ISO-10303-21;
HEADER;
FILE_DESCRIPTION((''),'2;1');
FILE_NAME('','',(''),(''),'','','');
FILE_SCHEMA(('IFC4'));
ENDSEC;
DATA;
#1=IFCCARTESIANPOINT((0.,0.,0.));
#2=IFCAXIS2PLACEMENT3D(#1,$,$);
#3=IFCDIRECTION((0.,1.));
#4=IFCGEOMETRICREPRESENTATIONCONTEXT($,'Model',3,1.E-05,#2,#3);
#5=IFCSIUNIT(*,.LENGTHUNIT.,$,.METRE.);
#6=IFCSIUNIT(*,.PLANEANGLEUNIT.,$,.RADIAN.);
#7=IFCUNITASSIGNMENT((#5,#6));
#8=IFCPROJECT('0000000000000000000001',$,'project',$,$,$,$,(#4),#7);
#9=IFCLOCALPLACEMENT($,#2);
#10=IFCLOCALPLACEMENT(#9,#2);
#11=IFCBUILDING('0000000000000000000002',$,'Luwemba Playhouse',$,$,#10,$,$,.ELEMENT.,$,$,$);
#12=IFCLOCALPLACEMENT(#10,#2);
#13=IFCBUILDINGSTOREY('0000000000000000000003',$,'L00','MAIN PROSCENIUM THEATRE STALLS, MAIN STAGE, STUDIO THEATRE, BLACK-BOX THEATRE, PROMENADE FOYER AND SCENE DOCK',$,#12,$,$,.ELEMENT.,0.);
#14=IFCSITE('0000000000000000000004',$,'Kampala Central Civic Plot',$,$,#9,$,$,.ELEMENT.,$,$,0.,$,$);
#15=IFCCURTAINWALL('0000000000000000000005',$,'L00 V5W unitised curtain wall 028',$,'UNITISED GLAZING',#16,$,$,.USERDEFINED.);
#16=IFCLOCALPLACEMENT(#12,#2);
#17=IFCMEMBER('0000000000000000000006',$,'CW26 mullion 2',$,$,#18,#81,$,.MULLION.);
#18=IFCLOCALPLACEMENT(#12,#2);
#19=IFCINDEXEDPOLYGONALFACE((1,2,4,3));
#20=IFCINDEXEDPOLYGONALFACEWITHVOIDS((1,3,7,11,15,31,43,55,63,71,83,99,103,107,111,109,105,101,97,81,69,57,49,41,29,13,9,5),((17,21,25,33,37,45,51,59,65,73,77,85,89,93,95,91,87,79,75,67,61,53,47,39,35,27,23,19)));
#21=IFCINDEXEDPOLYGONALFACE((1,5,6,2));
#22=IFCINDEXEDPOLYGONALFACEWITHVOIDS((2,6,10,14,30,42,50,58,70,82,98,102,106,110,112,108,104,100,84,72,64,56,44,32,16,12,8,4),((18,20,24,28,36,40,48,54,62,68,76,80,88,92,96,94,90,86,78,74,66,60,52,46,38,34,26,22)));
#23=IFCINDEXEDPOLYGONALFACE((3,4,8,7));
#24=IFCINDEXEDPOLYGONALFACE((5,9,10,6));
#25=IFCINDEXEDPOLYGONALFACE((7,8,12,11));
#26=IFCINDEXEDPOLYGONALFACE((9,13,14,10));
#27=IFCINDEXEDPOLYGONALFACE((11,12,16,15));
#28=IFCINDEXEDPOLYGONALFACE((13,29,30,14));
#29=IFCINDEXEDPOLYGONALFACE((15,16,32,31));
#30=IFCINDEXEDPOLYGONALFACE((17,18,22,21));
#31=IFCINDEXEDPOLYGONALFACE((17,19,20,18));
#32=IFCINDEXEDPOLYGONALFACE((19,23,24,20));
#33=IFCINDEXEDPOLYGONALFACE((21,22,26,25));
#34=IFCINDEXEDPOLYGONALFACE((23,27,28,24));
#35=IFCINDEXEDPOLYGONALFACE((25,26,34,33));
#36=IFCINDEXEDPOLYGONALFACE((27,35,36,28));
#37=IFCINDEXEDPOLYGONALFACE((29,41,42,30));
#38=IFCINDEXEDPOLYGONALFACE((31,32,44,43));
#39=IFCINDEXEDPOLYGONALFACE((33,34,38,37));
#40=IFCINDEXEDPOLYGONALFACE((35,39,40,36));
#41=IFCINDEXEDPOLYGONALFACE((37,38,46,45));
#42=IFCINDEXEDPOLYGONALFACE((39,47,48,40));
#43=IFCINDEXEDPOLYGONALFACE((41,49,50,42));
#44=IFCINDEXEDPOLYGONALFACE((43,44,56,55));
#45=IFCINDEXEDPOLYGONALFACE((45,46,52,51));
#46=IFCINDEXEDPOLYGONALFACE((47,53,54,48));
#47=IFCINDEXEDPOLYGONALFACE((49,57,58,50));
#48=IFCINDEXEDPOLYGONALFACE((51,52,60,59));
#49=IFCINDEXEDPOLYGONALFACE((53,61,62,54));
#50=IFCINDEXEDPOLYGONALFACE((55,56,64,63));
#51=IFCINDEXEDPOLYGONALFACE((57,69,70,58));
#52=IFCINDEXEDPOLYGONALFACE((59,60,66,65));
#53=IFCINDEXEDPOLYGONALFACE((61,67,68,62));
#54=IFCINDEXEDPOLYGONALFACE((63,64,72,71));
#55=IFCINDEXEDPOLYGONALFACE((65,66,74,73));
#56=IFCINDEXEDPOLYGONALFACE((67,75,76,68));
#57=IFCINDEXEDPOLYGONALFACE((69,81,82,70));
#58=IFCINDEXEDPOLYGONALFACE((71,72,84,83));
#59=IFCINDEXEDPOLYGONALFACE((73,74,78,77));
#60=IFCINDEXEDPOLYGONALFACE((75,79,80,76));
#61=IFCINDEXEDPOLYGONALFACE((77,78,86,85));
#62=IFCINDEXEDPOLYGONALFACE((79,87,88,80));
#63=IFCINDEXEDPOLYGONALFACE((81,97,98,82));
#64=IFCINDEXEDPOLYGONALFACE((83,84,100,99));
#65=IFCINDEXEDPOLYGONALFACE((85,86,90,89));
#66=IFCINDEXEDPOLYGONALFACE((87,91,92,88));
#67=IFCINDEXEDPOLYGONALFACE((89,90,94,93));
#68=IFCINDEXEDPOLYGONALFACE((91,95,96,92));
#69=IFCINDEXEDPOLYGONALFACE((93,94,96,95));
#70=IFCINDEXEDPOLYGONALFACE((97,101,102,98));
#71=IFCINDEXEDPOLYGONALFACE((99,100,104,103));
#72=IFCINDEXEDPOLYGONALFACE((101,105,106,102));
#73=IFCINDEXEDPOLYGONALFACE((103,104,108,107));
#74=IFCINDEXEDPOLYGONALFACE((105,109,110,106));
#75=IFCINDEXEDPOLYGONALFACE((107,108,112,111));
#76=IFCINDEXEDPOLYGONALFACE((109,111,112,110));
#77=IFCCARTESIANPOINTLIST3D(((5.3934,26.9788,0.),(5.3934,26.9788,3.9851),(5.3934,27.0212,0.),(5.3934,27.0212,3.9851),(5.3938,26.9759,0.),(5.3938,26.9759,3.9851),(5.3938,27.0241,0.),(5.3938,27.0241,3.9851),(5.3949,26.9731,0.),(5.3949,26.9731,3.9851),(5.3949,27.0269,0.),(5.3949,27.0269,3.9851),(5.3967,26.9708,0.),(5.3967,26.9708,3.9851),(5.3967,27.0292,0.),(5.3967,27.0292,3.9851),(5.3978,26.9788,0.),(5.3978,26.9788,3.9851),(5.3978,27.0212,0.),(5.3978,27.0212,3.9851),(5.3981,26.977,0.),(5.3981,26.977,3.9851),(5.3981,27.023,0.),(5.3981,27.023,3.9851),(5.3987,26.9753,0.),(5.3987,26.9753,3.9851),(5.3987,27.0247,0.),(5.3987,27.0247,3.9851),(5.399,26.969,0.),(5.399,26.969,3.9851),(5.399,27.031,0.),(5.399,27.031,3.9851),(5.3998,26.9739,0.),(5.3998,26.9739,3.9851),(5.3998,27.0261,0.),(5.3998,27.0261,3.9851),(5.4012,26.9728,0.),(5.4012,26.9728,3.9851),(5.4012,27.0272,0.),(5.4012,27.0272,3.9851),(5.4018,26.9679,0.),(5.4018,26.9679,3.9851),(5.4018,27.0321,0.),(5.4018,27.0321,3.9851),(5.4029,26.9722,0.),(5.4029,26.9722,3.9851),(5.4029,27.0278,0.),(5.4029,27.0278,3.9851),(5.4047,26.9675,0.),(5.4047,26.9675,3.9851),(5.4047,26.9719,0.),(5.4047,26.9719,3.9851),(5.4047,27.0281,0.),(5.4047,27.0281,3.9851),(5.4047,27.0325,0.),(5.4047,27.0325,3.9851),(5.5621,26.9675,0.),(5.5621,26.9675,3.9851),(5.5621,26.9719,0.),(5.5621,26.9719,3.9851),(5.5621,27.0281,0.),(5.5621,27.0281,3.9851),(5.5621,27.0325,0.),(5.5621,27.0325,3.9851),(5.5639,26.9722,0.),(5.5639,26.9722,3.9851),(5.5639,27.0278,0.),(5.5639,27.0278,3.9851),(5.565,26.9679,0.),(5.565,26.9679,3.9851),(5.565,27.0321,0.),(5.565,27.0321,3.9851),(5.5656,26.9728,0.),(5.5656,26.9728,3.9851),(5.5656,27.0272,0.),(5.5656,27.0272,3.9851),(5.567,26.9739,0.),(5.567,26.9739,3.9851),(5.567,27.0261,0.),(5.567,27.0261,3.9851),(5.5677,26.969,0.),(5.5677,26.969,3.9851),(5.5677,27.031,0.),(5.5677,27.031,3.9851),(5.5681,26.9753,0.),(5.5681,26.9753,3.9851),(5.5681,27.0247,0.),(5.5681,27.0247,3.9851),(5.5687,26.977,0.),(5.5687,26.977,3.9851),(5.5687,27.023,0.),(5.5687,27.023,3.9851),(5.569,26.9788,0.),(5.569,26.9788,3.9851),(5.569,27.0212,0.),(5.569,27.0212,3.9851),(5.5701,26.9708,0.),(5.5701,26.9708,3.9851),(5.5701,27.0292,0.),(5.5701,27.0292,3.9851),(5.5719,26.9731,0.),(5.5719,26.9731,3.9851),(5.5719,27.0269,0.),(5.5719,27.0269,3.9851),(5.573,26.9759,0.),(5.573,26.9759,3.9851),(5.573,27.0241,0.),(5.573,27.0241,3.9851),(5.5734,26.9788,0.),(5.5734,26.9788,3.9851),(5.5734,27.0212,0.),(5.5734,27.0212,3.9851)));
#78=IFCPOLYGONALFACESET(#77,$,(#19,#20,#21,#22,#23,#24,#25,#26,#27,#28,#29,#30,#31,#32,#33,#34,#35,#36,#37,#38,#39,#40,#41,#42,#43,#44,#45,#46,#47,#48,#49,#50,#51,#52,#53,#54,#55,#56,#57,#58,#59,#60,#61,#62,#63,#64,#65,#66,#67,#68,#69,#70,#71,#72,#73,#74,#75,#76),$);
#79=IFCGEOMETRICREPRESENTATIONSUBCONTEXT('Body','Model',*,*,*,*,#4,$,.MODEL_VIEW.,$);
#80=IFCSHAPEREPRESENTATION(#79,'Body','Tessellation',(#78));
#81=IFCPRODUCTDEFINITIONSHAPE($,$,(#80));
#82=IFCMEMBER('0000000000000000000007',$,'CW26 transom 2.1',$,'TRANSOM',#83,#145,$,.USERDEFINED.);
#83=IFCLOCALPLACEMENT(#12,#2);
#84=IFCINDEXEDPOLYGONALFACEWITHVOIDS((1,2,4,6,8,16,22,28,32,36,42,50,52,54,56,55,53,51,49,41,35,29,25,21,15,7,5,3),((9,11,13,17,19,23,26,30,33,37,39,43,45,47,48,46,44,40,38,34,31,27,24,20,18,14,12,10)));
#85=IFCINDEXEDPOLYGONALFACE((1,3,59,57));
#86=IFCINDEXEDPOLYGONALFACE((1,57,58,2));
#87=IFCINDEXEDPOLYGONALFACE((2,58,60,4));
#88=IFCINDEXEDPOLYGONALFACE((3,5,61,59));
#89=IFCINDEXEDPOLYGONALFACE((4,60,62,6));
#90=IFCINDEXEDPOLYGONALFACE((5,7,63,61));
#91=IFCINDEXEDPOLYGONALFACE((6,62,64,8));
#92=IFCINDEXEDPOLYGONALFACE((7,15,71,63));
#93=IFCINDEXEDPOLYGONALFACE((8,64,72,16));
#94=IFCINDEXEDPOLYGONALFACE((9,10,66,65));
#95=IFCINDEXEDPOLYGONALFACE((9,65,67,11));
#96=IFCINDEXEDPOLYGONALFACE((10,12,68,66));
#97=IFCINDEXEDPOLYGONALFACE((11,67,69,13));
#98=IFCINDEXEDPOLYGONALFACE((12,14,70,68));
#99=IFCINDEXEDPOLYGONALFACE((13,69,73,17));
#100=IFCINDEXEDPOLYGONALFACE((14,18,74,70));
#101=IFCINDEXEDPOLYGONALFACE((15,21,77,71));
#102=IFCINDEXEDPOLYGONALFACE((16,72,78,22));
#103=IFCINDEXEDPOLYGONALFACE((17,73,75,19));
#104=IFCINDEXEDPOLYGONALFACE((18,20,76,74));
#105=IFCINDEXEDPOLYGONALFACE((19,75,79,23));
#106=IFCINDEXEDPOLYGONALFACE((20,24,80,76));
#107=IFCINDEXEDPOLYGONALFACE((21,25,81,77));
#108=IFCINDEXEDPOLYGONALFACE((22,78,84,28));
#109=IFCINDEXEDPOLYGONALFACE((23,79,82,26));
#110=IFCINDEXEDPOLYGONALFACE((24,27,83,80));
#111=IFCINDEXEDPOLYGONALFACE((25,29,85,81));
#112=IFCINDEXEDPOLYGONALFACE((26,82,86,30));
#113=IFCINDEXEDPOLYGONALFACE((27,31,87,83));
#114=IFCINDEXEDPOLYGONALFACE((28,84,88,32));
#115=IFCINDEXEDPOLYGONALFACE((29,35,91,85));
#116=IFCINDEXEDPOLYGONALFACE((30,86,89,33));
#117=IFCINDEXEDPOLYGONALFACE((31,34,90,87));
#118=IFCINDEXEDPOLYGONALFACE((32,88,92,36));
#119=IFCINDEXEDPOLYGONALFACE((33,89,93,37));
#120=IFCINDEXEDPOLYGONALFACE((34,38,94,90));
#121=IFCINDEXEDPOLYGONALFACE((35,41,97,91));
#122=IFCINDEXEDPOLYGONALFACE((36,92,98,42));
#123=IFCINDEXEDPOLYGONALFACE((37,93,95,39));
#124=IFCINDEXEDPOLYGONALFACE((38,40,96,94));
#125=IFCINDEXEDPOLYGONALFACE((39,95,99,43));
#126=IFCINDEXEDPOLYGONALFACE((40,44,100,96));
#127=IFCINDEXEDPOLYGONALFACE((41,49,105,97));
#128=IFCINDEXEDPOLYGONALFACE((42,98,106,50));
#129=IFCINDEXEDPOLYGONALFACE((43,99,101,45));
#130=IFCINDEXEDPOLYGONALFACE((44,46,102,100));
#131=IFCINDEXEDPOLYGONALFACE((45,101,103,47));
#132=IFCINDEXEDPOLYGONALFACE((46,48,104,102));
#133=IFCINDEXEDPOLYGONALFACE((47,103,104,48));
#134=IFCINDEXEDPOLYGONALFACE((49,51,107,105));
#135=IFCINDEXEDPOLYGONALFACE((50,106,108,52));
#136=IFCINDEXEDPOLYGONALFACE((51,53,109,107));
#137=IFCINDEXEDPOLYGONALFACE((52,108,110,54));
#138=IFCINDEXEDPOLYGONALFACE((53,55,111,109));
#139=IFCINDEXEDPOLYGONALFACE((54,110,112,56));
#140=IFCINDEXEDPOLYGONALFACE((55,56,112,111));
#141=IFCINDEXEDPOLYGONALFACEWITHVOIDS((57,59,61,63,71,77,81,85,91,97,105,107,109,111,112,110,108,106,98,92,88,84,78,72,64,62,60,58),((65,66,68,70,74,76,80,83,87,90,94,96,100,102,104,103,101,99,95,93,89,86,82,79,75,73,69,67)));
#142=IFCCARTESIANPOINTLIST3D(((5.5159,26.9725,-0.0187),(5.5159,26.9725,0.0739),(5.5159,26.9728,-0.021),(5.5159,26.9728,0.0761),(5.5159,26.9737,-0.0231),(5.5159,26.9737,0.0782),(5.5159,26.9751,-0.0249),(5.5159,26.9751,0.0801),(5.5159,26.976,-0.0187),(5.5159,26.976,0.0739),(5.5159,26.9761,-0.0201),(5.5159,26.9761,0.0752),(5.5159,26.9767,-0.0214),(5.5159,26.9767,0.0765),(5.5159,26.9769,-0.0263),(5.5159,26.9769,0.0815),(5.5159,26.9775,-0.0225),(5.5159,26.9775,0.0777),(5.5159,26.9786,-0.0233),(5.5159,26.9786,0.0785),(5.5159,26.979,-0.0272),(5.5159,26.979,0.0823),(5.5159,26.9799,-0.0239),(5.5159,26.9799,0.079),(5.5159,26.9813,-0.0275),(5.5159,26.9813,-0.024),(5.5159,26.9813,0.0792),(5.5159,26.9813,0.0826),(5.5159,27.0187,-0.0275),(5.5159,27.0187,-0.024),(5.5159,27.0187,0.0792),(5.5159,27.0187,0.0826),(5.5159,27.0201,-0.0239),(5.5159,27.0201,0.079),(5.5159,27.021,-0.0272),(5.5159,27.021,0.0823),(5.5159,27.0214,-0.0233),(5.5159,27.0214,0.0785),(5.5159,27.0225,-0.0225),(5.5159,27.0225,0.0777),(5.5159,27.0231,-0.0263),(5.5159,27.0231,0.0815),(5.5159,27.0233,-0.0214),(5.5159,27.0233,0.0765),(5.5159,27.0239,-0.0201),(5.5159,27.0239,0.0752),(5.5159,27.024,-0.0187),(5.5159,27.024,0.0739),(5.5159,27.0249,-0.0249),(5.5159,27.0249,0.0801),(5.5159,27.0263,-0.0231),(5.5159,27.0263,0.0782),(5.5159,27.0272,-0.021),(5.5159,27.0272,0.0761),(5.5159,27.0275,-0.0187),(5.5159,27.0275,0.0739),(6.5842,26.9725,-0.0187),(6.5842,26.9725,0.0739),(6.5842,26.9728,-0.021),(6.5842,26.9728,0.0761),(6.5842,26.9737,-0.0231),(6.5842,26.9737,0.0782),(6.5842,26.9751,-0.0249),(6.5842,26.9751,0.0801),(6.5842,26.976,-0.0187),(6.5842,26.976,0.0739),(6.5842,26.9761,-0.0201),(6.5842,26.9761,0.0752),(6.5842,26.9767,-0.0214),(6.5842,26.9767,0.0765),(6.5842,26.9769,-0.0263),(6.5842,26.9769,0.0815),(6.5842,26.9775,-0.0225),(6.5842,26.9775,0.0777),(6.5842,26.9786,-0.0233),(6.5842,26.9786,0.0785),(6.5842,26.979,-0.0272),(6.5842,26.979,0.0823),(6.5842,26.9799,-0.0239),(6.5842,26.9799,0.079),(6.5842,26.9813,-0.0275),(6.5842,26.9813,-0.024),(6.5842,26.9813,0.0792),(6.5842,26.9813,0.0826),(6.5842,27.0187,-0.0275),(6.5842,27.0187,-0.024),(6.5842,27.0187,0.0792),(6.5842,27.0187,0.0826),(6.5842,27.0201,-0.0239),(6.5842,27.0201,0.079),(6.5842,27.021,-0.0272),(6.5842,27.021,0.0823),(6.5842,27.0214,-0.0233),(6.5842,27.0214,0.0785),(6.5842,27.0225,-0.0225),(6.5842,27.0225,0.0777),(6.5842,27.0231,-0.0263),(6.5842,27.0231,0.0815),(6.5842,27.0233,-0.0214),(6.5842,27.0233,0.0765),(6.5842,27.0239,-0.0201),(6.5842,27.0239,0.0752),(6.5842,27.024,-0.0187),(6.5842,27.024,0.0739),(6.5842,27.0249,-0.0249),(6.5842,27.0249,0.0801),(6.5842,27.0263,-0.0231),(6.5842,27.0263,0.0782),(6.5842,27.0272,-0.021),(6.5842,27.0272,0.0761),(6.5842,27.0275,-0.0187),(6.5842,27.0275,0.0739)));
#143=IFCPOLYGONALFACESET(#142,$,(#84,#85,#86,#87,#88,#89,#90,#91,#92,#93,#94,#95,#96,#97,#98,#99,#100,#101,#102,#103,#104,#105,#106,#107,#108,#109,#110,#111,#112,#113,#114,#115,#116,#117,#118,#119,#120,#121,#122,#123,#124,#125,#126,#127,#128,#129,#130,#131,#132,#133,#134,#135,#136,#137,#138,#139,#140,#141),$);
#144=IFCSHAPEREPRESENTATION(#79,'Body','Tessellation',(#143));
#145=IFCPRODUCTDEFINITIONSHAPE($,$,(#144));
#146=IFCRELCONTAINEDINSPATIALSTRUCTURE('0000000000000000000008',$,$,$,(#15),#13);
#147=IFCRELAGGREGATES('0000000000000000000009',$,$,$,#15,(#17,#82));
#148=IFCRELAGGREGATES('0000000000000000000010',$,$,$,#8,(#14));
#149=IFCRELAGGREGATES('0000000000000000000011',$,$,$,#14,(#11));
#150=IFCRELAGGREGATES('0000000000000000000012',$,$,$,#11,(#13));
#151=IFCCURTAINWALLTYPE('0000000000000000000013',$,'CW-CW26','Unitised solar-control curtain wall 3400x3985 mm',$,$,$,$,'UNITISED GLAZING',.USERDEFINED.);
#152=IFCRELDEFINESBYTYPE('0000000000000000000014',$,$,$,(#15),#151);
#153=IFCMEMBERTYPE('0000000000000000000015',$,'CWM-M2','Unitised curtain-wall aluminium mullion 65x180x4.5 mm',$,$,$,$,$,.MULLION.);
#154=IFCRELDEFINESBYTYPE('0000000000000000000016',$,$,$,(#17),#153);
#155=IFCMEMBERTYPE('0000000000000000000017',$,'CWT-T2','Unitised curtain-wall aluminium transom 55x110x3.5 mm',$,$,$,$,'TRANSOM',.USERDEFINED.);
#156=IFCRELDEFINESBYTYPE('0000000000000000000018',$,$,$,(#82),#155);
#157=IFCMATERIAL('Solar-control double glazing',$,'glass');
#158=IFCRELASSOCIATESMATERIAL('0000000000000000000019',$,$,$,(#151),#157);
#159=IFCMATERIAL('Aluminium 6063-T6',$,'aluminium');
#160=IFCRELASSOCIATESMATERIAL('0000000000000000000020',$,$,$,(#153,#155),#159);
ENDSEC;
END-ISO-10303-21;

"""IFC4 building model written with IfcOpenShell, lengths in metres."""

from ifc_helpers import new_model, si_unit, direction, frame, origin, origin_2d, place, context, subcontext, project, spatial, hollow_rectangle, extrude, material, material_profile, profile_set, type_object, element, aggregate, save


model = new_model("IFC4")

# Units and contexts
model_context = context("Model", 3, precision=1e-05, world=origin(), true_north=direction((0.0, 1.0)))
body_context = subcontext(model_context, "Body", "Model", "MODEL_VIEW")
ifc_project = project(units=[si_unit("LENGTHUNIT", "METRE"), si_unit("PLANEANGLEUNIT", "RADIAN")], contexts=[model_context])

# Site, building, storey
site_placement = place(None, origin())
site = spatial("IfcSite", under=ifc_project, at=site_placement, Name="Kampala Central Civic Plot", CompositionType="ELEMENT", RefElevation=0.0)
building_placement = place(site_placement, origin())
building = spatial("IfcBuilding", under=site, at=building_placement, Name="Luwemba Playhouse", CompositionType="ELEMENT")
storey_placement = place(building_placement, origin())
storey = spatial("IfcBuildingStorey", under=building, at=storey_placement, Name="L00", Description="MAIN PROSCENIUM THEATRE STALLS, MAIN STAGE, STUDIO THEATRE, BLACK-BOX THEATRE, PROMENADE FOYER AND SCENE DOCK", CompositionType="ELEMENT", Elevation=0.0)

# Curtain wall, members
ifc_material_1 = material(Name="Solar-control double glazing", Category="glass")
curtain_wall_type_1 = type_object("IfcCurtainWallType", Name="CW-CW26", Description="Unitised solar-control curtain wall 3400x3985 mm", ElementType="UNITISED GLAZING", PredefinedType="USERDEFINED", material=ifc_material_1)
curtain_wall_1_placement = place(storey_placement, origin())
curtain_wall_1 = element("IfcCurtainWall", 1, at=curtain_wall_1_placement, inside=storey, type_object=curtain_wall_type_1, Name="L00 V5W unitised curtain wall 028", ObjectType="UNITISED GLAZING", PredefinedType="USERDEFINED")
ifc_material_2 = material(Name="Aluminium 6063-T6", Category="aluminium")
ifc_material_profile_1 = material_profile(ifc_material_2, hollow_rectangle(XDim=0.0649, YDim=0.1799, WallThickness=0.0044, InnerFilletRadius=0.0068, OuterFilletRadius=0.0112, at=origin_2d()))
ifc_profile_set_1 = profile_set([ifc_material_profile_1], Name="Aluminium 6063-T6")
member_type_1 = type_object("IfcMemberType", Name="CWM-M2", Description="Unitised curtain-wall aluminium mullion 65x180x4.5 mm", PredefinedType="MULLION", material=ifc_profile_set_1)
member_1_placement = place(storey_placement, frame((5.4834, 27.0, 0.0), z_axis=(0.0, 0.0, 1.0), x_axis=(0.0, 1.0, 0.0)))
member_1 = element("IfcMember", 2, at=member_1_placement, type_object=member_type_1, Name="CW26 mullion 2", PredefinedType="MULLION", context=body_context, shape_type="SweptSolid", body=[
    extrude(hollow_rectangle(XDim=0.0649, YDim=0.1799, WallThickness=0.0044, InnerFilletRadius=0.0068, OuterFilletRadius=0.0112, at=origin_2d()), origin(), (0.0, 0.0, 1.0), 3.9851),
])
ifc_material_profile_2 = material_profile(ifc_material_2, hollow_rectangle(XDim=0.0549, YDim=0.1101, WallThickness=0.0034, InnerFilletRadius=0.0054, OuterFilletRadius=0.0088, at=origin_2d()))
ifc_profile_set_2 = profile_set([ifc_material_profile_2], Name="Aluminium 6063-T6")
member_type_2 = type_object("IfcMemberType", Name="CWT-T2", Description="Unitised curtain-wall aluminium transom 55x110x3.5 mm", ElementType="TRANSOM", PredefinedType="USERDEFINED", material=ifc_profile_set_2)
member_2_placement = place(storey_placement, frame((5.5159, 27.0, 0.0276), z_axis=(1.0, 0.0, 0.0), x_axis=(0.0, 1.0, 0.0)))
member_2 = element("IfcMember", 3, at=member_2_placement, type_object=member_type_2, Name="CW26 transom 2.1", ObjectType="TRANSOM", PredefinedType="USERDEFINED", context=body_context, shape_type="SweptSolid", body=[
    extrude(hollow_rectangle(XDim=0.0549, YDim=0.1101, WallThickness=0.0034, InnerFilletRadius=0.0054, OuterFilletRadius=0.0088, at=origin_2d()), origin(), (0.0, 0.0, 1.0), 1.0684),
])
aggregate(curtain_wall_1, [member_1, member_2])

save(model, "model.ifc")
